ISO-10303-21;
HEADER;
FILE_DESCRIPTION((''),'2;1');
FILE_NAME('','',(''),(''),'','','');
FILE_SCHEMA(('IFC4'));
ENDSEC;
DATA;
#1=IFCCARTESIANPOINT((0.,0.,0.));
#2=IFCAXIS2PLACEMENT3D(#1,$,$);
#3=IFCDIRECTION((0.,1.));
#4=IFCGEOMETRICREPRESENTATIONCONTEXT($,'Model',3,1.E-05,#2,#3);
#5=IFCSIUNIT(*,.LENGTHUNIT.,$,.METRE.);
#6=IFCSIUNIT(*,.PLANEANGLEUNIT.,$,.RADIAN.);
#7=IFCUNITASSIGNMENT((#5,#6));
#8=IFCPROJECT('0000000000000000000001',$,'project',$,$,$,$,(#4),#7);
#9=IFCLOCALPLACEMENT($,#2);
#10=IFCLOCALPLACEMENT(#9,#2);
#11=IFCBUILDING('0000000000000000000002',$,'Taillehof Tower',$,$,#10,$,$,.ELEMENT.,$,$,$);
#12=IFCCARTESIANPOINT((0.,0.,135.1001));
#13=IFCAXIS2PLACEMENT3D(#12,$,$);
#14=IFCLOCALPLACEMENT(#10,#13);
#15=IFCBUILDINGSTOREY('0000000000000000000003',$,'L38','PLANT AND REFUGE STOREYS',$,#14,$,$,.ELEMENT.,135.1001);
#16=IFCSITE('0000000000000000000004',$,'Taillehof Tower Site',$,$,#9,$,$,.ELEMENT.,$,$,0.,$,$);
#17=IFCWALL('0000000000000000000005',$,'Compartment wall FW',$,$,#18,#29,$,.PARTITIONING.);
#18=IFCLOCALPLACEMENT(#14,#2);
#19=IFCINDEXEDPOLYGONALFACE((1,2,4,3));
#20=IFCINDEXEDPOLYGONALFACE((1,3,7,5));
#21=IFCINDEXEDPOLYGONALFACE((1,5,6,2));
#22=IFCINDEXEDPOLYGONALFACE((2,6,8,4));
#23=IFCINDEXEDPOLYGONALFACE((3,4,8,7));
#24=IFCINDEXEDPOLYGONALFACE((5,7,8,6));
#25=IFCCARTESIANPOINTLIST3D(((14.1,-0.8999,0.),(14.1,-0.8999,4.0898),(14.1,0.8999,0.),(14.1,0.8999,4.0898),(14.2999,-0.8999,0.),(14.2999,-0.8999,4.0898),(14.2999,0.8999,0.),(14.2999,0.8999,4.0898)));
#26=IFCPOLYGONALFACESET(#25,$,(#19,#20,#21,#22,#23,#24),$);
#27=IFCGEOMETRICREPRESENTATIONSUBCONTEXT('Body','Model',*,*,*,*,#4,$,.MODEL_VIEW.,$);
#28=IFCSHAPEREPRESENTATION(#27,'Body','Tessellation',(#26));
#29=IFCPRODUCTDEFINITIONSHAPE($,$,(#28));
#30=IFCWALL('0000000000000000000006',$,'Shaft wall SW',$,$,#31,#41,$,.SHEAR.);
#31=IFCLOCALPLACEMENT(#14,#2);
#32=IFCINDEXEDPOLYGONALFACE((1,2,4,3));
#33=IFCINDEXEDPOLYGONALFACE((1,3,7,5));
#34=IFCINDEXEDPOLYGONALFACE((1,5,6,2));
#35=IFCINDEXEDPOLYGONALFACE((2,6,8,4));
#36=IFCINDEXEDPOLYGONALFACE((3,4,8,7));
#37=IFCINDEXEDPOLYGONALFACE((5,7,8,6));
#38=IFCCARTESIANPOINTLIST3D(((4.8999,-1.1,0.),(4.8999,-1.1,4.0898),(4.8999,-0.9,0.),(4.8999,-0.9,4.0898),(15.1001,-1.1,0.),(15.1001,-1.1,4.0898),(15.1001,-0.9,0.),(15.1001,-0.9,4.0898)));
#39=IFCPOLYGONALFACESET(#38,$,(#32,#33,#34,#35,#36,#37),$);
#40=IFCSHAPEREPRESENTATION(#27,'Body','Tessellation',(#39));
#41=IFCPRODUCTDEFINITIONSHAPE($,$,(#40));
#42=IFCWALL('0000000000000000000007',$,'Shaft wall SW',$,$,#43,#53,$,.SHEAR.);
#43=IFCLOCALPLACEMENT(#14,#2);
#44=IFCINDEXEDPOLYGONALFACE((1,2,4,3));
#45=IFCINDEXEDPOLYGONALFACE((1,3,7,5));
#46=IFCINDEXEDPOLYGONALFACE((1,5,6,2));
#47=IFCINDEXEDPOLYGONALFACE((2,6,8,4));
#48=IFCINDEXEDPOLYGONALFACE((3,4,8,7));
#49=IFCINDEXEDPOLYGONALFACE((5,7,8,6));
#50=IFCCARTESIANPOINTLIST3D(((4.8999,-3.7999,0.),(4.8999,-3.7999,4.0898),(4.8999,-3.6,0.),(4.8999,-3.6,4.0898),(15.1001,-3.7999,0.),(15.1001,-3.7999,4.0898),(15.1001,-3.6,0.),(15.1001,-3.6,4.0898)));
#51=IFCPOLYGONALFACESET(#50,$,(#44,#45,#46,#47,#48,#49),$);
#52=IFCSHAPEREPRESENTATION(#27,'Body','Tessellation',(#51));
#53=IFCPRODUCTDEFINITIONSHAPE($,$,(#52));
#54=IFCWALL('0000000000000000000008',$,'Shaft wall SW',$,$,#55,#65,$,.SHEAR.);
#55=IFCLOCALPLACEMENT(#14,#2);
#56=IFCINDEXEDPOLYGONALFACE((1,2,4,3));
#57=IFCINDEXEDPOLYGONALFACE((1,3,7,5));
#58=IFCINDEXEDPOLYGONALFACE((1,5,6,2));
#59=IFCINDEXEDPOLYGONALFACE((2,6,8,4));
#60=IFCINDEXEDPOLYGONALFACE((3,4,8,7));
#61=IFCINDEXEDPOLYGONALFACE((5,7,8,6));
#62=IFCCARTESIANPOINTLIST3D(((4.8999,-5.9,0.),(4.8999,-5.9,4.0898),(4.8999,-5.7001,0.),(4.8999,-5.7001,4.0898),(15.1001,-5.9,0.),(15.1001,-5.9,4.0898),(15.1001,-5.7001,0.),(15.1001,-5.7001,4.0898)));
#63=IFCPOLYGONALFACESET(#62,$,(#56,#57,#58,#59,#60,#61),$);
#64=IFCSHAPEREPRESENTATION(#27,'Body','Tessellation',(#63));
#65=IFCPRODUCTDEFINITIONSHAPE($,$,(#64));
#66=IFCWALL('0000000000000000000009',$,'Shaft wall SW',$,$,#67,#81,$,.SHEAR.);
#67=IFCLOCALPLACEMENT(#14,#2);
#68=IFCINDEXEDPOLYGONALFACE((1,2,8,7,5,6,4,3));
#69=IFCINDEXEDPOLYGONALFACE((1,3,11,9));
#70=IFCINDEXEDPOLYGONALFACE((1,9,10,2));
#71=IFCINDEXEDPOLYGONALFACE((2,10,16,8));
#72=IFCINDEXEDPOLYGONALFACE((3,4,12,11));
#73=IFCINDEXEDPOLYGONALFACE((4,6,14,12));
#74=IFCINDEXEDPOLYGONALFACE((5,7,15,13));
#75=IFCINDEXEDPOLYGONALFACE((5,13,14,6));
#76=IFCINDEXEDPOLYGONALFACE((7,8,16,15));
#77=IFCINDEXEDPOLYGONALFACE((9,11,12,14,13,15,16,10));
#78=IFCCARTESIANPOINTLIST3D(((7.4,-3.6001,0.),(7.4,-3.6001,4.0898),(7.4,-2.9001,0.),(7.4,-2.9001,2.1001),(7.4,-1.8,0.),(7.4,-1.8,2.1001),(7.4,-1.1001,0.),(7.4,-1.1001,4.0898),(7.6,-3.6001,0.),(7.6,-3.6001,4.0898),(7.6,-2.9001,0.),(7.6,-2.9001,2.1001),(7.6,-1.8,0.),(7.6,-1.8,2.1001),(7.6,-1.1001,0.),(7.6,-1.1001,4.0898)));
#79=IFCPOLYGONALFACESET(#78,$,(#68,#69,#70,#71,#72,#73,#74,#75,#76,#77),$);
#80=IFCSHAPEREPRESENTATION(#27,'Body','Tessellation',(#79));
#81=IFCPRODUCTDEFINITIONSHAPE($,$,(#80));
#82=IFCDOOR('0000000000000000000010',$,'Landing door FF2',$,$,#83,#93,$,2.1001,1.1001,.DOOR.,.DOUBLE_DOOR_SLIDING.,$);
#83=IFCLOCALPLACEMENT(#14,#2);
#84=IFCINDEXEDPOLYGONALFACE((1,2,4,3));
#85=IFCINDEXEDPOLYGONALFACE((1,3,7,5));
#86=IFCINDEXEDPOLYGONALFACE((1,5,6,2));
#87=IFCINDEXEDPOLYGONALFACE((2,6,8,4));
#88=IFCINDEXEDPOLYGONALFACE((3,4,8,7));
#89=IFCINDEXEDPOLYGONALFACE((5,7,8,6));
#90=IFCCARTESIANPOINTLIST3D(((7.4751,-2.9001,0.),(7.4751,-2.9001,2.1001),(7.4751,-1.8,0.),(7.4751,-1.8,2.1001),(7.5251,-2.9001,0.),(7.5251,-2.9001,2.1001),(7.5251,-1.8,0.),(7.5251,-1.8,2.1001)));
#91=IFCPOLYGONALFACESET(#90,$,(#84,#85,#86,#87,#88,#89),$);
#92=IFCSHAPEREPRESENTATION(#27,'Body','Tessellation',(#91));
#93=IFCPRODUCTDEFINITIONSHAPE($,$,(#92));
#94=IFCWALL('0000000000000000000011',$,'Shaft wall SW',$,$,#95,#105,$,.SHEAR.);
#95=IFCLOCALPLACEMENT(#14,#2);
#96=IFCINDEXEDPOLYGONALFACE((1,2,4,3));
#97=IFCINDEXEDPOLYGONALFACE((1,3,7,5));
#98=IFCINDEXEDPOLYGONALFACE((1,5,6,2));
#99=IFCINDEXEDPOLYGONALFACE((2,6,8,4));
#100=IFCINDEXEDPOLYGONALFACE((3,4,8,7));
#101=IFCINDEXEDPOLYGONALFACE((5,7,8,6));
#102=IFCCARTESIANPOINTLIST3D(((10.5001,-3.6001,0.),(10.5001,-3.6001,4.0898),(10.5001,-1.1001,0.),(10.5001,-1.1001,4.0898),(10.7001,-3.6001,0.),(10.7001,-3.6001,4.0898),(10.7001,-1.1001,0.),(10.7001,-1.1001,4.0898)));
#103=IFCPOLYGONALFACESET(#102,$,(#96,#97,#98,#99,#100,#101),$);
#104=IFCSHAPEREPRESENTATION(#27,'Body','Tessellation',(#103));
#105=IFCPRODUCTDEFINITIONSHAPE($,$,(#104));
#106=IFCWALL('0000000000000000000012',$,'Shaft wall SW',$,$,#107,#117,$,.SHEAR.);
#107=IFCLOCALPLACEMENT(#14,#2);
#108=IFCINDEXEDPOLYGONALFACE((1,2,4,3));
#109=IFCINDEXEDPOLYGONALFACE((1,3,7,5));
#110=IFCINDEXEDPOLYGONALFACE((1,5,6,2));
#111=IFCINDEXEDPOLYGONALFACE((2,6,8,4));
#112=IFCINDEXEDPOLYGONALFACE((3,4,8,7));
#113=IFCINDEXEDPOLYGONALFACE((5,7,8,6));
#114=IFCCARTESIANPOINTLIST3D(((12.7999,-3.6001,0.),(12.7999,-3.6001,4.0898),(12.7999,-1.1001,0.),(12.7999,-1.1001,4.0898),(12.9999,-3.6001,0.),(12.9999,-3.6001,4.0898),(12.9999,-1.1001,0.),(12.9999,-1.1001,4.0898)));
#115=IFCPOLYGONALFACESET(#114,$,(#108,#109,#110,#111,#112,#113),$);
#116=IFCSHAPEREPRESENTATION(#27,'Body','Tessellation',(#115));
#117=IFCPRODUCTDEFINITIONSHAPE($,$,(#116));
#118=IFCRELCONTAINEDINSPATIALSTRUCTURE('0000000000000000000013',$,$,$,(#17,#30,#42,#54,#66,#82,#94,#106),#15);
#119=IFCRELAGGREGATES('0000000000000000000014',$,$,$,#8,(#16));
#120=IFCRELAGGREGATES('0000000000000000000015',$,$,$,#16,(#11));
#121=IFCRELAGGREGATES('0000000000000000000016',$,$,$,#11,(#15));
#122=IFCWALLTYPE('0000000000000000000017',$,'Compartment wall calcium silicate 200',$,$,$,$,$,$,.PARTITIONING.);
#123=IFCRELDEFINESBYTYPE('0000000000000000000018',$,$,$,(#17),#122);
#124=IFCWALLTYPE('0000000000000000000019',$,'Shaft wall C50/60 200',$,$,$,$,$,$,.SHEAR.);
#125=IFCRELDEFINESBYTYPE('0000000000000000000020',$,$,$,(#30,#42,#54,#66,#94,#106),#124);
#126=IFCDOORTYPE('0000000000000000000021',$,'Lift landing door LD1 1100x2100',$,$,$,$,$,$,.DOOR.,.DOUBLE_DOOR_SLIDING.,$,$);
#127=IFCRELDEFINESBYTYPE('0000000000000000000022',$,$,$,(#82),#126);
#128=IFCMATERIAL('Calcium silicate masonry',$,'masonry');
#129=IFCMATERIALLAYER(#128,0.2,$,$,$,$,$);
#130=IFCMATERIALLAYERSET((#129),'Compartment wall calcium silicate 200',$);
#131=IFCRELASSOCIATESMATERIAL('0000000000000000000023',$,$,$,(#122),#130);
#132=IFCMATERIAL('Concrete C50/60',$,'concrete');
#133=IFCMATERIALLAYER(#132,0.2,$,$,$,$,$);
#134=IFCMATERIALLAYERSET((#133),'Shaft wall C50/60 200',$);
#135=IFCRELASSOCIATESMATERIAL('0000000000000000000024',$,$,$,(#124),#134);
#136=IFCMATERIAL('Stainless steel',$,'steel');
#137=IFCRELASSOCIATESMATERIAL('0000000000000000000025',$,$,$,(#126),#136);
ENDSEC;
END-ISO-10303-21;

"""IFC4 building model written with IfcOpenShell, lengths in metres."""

from ifc_helpers import new_model, si_unit, direction, frame, frame_2d, origin, place, context, subcontext, project, spatial, rectangle, extrude, material, layer, layer_set, type_object, element, fill, save


model = new_model("IFC4")

# Units and contexts
model_context = context("Model", 3, precision=1e-05, world=origin(), true_north=direction((0.0, 1.0)))
body_context = subcontext(model_context, "Body", "Model", "MODEL_VIEW")
ifc_project = project(units=[si_unit("LENGTHUNIT", "METRE"), si_unit("PLANEANGLEUNIT", "RADIAN")], contexts=[model_context])

# Site, building, storey
site_placement = place(None, origin())
site = spatial("IfcSite", under=ifc_project, at=site_placement, Name="Taillehof Tower Site", CompositionType="ELEMENT", RefElevation=0.0)
building_placement = place(site_placement, origin())
building = spatial("IfcBuilding", under=site, at=building_placement, Name="Taillehof Tower", CompositionType="ELEMENT")
storey_placement = place(building_placement, frame((0.0, 0.0, 135.1001)))
storey = spatial("IfcBuildingStorey", under=building, at=storey_placement, Name="L38", Description="PLANT AND REFUGE STOREYS", CompositionType="ELEMENT", Elevation=135.1001)

# Shared definitions
ifc_material_1 = material(Name="Calcium silicate masonry", Category="masonry")
ifc_layer_1 = layer(ifc_material_1, 0.2)
ifc_layer_set_1 = layer_set([ifc_layer_1], Name="Compartment wall calcium silicate 200")
wall_type_1 = type_object("IfcWallType", Name="Compartment wall calcium silicate 200", PredefinedType="PARTITIONING", material=ifc_layer_set_1)

# Walls
wall_1_placement = place(storey_placement, frame((14.2, -0.8999, 0.0), z_axis=(0.0, 0.0, 1.0), x_axis=(0.0, 1.0, 0.0)))
element("IfcWall", 1, at=wall_1_placement, inside=storey, type_object=wall_type_1, Name="Compartment wall FW", PredefinedType="PARTITIONING", context=body_context, shape_type="SweptSolid", body=[
    extrude(rectangle(XDim=1.7998, YDim=0.2, at=frame_2d((0.8999, 0.0))), origin(), (0.0, 0.0, 1.0), 4.0898),
])
ifc_material_2 = material(Name="Concrete C50/60", Category="concrete")
ifc_layer_2 = layer(ifc_material_2, 0.2)
ifc_layer_set_2 = layer_set([ifc_layer_2], Name="Shaft wall C50/60 200")
wall_type_2 = type_object("IfcWallType", Name="Shaft wall C50/60 200", PredefinedType="SHEAR", material=ifc_layer_set_2)
for number, where, z_axis, x_axis, name in (
    (2, (4.8999, -1.0, 0.0), (0.0, 0.0, 1.0), (1.0, 0.0, 0.0), "Shaft wall SW"),
    (3, (4.8999, -3.7, 0.0), (0.0, 0.0, 1.0), (1.0, 0.0, 0.0), "Shaft wall SW"),
    (4, (4.8999, -5.8, 0.0), (0.0, 0.0, 1.0), (1.0, 0.0, 0.0), "Shaft wall SW"),
):
    element("IfcWall", number, at=place(storey_placement, frame(where, z_axis=z_axis, x_axis=x_axis)), inside=storey, type_object=wall_type_2, Name=name, PredefinedType="SHEAR", context=body_context, shape_type="SweptSolid", body=[
        extrude(rectangle(XDim=10.2002, YDim=0.2, at=frame_2d((5.1001, 0.0))), origin(), (0.0, 0.0, 1.0), 4.0898),
    ])

# Wall, opening, door
wall_2_placement = place(storey_placement, frame((7.5, -3.6001, 0.0), z_axis=(0.0, 0.0, 1.0), x_axis=(0.0, 1.0, 0.0)))
wall_2 = element("IfcWall", 5, at=wall_2_placement, inside=storey, type_object=wall_type_2, Name="Shaft wall SW", PredefinedType="SHEAR", context=body_context, shape_type="SweptSolid", body=[
    extrude(rectangle(XDim=2.5, YDim=0.2, at=frame_2d((1.25, 0.0))), origin(), (0.0, 0.0, 1.0), 4.0898),
])
opening_1_placement = place(wall_2_placement, frame((0.7, 0.0, 0.0)))
opening_1 = element("IfcOpeningElement", 6, at=opening_1_placement, cuts=wall_2, PredefinedType="OPENING", context=body_context, shape_type="SweptSolid", body=[
    extrude(rectangle(XDim=1.1001, YDim=2.1001, at=frame_2d((0.55, 1.05))), frame((0.0, 0.1099, 0.0), z_axis=(0.0, -1.0, 0.0), x_axis=(1.0, 0.0, 0.0)), (0.0, 0.0, 1.0), 0.22),
])
ifc_material_3 = material(Name="Stainless steel", Category="steel")
door_type_1 = type_object("IfcDoorType", Name="Lift landing door LD1 1100x2100", OperationType="DOUBLE_DOOR_SLIDING", PredefinedType="DOOR", material=ifc_material_3)
door_1_placement = place(opening_1_placement, origin())
door_1 = element("IfcDoor", 7, at=door_1_placement, inside=storey, type_object=door_type_1, Name="Landing door FF2", OperationType="DOUBLE_DOOR_SLIDING", OverallHeight=2.1001, OverallWidth=1.1001, PredefinedType="DOOR", context=body_context, shape_type="SweptSolid", body=[
    extrude(rectangle(XDim=1.1001, YDim=2.1001, at=frame_2d((0.55, 1.05))), frame((0.0, 0.0249, 0.0), z_axis=(0.0, -1.0, 0.0), x_axis=(1.0, 0.0, 0.0)), (0.0, 0.0, 1.0), 0.05),
])
fill(opening_1, door_1)

# Walls
for number, where, z_axis, x_axis, name in (
    (8, (10.6001, -3.6001, 0.0), (0.0, 0.0, 1.0), (0.0, 1.0, 0.0), "Shaft wall SW"),
    (9, (12.8999, -3.6001, 0.0), (0.0, 0.0, 1.0), (0.0, 1.0, 0.0), "Shaft wall SW"),
):
    element("IfcWall", number, at=place(storey_placement, frame(where, z_axis=z_axis, x_axis=x_axis)), inside=storey, type_object=wall_type_2, Name=name, PredefinedType="SHEAR", context=body_context, shape_type="SweptSolid", body=[
        extrude(rectangle(XDim=2.5, YDim=0.2, at=frame_2d((1.25, 0.0))), origin(), (0.0, 0.0, 1.0), 4.0898),
    ])

save(model, "model.ifc")
